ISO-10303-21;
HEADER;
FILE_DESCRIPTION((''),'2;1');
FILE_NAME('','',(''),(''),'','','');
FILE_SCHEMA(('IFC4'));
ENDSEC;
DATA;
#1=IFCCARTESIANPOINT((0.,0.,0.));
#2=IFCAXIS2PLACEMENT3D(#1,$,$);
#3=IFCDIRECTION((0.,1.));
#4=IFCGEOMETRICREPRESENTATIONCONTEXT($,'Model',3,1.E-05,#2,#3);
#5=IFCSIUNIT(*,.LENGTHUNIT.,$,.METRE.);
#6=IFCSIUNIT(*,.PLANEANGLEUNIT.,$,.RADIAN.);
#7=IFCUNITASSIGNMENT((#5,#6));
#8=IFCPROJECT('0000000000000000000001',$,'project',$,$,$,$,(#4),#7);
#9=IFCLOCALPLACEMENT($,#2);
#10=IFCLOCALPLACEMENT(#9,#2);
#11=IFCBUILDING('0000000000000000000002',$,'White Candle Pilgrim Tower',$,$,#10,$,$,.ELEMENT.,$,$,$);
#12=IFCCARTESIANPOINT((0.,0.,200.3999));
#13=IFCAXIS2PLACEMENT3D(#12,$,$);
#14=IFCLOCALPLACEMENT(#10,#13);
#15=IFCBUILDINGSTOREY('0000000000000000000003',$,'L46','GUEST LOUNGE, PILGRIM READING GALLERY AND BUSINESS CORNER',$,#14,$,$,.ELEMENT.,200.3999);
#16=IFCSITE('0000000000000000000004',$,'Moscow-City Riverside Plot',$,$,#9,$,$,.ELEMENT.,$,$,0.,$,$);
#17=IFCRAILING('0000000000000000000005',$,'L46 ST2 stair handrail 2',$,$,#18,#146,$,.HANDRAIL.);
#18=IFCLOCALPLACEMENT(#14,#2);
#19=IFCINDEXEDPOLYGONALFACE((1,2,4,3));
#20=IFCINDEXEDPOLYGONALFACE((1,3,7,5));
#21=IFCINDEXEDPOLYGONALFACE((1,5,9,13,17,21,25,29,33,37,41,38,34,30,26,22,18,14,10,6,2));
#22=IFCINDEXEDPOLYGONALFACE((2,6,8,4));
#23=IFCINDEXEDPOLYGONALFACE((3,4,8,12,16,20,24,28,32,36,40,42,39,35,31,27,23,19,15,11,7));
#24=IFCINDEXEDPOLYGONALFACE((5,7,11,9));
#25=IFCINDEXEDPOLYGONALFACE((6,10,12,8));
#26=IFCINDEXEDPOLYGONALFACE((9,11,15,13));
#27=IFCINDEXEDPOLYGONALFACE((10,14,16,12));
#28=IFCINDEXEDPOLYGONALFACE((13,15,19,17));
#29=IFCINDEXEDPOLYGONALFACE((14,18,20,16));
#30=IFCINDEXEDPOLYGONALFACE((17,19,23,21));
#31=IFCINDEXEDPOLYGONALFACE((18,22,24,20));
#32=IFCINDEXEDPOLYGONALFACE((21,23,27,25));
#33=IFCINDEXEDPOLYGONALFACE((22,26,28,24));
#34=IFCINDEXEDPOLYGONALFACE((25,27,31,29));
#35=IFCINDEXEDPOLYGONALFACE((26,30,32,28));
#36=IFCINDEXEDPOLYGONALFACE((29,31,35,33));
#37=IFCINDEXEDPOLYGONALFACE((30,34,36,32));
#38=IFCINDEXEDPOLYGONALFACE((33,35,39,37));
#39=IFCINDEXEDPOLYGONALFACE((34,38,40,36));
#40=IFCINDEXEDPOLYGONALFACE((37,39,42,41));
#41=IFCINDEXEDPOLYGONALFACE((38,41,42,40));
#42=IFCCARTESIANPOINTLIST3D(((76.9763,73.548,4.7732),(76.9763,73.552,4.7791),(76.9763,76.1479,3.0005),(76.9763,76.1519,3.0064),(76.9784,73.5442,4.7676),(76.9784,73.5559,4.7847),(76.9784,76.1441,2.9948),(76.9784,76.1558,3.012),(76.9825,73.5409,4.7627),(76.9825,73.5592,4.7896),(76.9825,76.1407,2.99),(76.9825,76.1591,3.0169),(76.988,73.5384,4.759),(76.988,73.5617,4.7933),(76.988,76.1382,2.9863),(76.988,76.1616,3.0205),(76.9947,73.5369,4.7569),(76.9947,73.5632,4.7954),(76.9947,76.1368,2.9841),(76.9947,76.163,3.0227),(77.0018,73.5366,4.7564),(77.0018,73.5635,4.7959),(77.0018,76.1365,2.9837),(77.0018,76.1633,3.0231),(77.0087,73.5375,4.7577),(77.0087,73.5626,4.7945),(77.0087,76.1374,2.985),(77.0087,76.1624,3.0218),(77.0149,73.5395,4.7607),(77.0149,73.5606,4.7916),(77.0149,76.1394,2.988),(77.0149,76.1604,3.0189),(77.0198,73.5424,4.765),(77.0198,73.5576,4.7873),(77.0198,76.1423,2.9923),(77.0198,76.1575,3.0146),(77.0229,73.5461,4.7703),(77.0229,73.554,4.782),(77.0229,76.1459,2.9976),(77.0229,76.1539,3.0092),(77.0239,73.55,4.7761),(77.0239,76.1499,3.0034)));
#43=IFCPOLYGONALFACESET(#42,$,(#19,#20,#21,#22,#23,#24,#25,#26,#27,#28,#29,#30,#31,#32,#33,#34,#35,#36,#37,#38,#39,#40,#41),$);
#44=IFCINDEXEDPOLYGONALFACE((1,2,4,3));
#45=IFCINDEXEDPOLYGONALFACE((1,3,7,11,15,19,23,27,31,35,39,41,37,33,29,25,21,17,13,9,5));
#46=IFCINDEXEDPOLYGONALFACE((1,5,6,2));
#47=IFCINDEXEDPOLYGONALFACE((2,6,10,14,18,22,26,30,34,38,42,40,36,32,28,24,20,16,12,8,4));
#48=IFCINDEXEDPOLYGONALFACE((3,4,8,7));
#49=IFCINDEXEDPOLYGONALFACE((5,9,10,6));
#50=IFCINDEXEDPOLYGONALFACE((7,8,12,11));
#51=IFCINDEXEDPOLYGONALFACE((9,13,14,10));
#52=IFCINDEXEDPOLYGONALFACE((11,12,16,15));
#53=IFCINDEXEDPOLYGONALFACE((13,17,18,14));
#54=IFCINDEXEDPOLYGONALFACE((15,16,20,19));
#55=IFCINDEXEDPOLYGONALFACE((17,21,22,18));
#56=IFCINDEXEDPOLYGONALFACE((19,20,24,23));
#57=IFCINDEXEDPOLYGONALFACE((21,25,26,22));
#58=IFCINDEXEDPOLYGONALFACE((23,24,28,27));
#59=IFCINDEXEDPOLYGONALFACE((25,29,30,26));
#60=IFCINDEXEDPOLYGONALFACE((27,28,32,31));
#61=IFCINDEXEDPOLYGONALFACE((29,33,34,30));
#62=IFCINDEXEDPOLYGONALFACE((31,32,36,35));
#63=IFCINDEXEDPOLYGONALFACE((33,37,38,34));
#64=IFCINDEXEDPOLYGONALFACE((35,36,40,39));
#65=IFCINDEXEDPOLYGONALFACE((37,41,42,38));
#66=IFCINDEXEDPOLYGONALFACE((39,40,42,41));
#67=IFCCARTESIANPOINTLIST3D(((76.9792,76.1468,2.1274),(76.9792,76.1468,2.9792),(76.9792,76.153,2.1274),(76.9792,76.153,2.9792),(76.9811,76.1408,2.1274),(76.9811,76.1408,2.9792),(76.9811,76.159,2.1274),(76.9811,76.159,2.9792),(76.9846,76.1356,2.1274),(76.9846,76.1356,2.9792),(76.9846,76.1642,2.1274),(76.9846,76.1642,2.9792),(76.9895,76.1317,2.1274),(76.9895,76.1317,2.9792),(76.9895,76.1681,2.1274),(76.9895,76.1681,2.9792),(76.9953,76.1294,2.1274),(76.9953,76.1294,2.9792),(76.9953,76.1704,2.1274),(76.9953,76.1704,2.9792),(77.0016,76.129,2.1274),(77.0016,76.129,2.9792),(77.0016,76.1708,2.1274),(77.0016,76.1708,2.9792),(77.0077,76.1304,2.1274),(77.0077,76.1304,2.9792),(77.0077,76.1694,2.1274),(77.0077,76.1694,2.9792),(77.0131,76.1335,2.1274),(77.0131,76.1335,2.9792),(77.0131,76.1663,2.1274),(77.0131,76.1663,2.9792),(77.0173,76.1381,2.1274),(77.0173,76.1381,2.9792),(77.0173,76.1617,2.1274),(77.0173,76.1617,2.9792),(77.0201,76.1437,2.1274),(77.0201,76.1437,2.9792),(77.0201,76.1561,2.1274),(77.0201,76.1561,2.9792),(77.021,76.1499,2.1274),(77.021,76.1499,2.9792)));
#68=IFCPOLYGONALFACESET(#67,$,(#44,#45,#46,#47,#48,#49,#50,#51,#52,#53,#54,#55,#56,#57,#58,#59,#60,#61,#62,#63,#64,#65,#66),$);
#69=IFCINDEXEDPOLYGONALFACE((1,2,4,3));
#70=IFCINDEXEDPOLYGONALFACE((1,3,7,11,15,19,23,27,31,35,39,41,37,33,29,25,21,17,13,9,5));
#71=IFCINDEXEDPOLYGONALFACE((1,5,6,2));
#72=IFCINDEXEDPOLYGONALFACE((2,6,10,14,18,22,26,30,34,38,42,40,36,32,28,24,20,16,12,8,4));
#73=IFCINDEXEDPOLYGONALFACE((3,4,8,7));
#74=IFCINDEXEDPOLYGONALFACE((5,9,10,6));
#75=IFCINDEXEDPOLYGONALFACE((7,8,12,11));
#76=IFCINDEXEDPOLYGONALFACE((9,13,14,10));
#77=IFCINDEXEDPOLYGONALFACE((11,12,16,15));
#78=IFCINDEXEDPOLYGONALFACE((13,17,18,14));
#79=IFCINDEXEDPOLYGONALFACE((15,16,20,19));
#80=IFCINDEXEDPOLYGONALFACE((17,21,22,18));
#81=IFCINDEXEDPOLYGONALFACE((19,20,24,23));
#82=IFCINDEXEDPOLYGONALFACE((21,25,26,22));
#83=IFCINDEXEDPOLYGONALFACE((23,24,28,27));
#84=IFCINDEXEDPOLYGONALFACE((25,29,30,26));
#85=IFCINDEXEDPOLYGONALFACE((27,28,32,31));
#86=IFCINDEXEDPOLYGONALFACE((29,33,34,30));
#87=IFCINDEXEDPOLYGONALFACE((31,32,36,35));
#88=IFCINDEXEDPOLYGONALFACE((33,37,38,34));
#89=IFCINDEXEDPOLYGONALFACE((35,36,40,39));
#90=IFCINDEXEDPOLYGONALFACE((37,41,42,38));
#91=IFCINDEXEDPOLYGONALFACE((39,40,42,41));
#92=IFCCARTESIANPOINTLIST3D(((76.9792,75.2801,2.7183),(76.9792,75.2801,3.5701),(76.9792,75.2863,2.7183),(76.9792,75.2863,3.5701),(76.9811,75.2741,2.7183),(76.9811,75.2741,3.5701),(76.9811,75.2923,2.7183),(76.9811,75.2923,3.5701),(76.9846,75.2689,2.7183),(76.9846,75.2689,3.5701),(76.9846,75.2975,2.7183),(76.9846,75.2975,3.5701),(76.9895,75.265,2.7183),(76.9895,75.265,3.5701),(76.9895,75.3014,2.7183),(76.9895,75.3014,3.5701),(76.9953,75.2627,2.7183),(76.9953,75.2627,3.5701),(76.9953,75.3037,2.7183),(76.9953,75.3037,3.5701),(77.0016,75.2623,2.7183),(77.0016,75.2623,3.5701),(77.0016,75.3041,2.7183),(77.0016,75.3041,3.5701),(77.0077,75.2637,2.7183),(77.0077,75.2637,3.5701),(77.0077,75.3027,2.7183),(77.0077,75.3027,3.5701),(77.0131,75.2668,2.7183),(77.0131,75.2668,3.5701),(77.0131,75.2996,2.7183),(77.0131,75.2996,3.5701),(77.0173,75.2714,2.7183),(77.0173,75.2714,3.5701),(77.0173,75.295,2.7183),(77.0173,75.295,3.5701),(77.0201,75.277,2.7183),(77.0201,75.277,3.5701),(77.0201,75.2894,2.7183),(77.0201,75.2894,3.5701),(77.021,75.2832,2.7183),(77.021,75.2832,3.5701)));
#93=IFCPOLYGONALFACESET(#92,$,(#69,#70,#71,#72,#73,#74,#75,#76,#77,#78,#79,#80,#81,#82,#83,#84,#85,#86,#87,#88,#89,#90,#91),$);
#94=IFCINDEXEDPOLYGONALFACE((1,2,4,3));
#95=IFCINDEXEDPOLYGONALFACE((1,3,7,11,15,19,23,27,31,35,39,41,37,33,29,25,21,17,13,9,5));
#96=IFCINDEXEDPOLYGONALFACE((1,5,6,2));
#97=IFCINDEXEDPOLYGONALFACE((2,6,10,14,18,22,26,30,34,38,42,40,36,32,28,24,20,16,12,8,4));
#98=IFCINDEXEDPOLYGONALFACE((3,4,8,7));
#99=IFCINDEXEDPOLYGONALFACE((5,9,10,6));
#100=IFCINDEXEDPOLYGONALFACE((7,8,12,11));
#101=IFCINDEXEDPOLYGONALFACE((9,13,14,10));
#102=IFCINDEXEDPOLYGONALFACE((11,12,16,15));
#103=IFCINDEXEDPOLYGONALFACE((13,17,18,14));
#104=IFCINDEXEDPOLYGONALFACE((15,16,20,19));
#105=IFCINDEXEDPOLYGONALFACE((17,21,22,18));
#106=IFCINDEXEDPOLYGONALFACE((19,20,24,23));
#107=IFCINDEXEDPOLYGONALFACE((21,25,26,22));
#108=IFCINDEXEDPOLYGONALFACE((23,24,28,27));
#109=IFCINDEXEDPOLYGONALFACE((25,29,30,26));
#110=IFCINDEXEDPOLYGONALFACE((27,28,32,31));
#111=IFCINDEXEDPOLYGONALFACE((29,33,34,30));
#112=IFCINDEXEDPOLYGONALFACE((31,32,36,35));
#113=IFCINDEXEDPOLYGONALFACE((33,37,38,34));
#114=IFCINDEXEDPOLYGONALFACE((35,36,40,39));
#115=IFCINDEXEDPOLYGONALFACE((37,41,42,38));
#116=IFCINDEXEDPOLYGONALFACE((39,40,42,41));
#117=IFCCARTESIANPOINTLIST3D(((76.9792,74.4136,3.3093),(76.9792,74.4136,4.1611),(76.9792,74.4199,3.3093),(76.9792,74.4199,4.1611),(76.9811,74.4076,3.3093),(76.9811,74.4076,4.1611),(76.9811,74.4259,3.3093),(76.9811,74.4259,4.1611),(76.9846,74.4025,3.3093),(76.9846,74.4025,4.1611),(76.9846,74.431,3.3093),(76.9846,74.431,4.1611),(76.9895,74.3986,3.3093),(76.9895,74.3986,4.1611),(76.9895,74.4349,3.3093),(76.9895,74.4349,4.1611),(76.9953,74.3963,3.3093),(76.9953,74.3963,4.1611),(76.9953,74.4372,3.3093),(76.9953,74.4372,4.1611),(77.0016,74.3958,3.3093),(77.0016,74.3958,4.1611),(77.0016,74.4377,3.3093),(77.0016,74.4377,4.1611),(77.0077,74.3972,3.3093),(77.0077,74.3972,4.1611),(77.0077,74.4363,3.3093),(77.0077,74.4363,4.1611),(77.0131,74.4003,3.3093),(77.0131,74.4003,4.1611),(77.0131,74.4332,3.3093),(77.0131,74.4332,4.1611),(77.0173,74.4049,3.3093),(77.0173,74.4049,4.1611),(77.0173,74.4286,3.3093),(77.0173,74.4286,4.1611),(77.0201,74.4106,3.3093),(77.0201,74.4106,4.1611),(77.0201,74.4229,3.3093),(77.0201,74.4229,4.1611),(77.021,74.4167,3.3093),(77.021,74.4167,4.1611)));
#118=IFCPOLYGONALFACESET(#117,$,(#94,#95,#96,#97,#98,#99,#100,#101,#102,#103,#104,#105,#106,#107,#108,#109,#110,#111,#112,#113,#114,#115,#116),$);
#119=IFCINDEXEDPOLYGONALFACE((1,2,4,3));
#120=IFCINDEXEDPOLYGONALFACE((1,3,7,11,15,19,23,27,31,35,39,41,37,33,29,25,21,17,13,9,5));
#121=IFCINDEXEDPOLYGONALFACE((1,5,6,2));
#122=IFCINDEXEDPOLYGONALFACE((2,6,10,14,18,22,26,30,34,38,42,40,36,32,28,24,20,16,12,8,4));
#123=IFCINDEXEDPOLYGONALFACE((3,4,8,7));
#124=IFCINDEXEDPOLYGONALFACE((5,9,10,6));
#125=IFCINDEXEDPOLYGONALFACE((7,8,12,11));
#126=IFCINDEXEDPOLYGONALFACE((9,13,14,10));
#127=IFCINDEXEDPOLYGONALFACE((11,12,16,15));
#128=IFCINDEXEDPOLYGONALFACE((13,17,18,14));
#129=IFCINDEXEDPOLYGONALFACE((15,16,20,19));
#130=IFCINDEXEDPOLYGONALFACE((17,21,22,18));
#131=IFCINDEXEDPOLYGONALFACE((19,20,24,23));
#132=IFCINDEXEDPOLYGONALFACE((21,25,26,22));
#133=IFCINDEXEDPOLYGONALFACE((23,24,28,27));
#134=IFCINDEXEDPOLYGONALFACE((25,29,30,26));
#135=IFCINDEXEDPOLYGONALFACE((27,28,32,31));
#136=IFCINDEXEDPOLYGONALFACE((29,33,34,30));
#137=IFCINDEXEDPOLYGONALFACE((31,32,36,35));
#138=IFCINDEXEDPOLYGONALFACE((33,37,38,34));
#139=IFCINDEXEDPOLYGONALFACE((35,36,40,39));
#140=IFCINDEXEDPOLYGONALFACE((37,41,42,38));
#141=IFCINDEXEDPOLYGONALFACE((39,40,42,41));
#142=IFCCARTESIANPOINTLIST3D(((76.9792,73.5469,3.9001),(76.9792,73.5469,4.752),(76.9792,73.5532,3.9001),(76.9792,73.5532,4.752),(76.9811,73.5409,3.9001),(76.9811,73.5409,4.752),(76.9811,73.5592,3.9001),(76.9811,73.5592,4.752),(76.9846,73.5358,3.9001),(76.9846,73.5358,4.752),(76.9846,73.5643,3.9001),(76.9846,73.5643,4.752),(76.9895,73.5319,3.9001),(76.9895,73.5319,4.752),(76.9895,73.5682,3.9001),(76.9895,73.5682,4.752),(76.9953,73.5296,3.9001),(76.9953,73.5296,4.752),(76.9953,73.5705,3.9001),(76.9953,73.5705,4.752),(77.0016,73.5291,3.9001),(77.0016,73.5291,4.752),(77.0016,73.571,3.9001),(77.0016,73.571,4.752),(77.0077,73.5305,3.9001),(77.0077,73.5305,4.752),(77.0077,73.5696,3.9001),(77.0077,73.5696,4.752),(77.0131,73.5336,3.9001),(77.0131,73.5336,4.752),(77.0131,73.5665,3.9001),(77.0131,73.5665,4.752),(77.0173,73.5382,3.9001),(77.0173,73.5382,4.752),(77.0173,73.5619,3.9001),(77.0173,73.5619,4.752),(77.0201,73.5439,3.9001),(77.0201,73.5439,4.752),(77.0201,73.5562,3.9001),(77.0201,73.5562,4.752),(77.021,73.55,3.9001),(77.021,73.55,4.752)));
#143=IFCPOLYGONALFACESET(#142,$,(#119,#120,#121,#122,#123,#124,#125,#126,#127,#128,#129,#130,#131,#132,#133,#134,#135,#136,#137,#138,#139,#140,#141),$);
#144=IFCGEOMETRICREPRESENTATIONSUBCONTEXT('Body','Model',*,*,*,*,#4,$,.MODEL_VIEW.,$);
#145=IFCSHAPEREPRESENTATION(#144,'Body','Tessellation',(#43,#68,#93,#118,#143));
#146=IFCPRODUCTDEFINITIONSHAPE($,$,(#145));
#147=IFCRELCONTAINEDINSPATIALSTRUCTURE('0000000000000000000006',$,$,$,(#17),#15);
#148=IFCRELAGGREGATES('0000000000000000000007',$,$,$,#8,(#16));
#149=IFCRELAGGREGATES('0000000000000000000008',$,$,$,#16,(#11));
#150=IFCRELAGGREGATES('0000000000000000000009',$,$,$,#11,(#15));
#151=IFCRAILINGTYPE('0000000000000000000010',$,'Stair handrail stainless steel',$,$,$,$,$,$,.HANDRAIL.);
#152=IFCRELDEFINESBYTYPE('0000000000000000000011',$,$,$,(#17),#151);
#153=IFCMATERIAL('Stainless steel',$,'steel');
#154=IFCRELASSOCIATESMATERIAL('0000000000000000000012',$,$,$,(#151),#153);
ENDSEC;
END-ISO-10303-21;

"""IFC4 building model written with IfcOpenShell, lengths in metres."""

from ifc_helpers import new_model, si_unit, direction, frame, origin, origin_2d, place, context, subcontext, project, spatial, circle, extrude, material, type_object, element, save


model = new_model("IFC4")

# Units and contexts
model_context = context("Model", 3, precision=1e-05, world=origin(), true_north=direction((0.0, 1.0)))
body_context = subcontext(model_context, "Body", "Model", "MODEL_VIEW")
ifc_project = project(units=[si_unit("LENGTHUNIT", "METRE"), si_unit("PLANEANGLEUNIT", "RADIAN")], contexts=[model_context])

# Site, building, storey
site_placement = place(None, origin())
site = spatial("IfcSite", under=ifc_project, at=site_placement, Name="Moscow-City Riverside Plot", CompositionType="ELEMENT", RefElevation=0.0)
building_placement = place(site_placement, origin())
building = spatial("IfcBuilding", under=site, at=building_placement, Name="White Candle Pilgrim Tower", CompositionType="ELEMENT")
storey_placement = place(building_placement, frame((0.0, 0.0, 200.3999)))
storey = spatial("IfcBuildingStorey", under=building, at=storey_placement, Name="L46", Description="GUEST LOUNGE, PILGRIM READING GALLERY AND BUSINESS CORNER", CompositionType="ELEMENT", Elevation=200.3999)

# Railing
ifc_material_1 = material(Name="Stainless steel", Category="steel")
railing_type_1 = type_object("IfcRailingType", Name="Stair handrail stainless steel", PredefinedType="HANDRAIL", material=ifc_material_1)
railing_1_placement = place(storey_placement, frame((77.0, 76.1499, 2.1274)))
element("IfcRailing", 1, at=railing_1_placement, inside=storey, type_object=railing_type_1, Name="L46 ST2 stair handrail 2", PredefinedType="HANDRAIL", context=body_context, shape_type="SweptSolid", body=[
    extrude(circle(Radius=0.0239, at=origin_2d()), frame((0.0, 0.0, 0.876), z_axis=(0.0, -0.826216, 0.563354), x_axis=(1.0, 0.0, 0.0)), (0.0, 0.0, 1.0), 3.1467),
    extrude(circle(Radius=0.021, at=origin_2d()), origin(), (0.0, 0.0, 1.0), 0.8518),
    extrude(circle(Radius=0.021, at=origin_2d()), frame((0.0, -0.8667, 0.5908)), (0.0, 0.0, 1.0), 0.8518),
    extrude(circle(Radius=0.021, at=origin_2d()), frame((0.0, -1.7332, 1.1819)), (0.0, 0.0, 1.0), 0.8518),
    extrude(circle(Radius=0.021, at=origin_2d()), frame((0.0, -2.5999, 1.7727)), (0.0, 0.0, 1.0), 0.8518),
])

save(model, "model.ifc")
